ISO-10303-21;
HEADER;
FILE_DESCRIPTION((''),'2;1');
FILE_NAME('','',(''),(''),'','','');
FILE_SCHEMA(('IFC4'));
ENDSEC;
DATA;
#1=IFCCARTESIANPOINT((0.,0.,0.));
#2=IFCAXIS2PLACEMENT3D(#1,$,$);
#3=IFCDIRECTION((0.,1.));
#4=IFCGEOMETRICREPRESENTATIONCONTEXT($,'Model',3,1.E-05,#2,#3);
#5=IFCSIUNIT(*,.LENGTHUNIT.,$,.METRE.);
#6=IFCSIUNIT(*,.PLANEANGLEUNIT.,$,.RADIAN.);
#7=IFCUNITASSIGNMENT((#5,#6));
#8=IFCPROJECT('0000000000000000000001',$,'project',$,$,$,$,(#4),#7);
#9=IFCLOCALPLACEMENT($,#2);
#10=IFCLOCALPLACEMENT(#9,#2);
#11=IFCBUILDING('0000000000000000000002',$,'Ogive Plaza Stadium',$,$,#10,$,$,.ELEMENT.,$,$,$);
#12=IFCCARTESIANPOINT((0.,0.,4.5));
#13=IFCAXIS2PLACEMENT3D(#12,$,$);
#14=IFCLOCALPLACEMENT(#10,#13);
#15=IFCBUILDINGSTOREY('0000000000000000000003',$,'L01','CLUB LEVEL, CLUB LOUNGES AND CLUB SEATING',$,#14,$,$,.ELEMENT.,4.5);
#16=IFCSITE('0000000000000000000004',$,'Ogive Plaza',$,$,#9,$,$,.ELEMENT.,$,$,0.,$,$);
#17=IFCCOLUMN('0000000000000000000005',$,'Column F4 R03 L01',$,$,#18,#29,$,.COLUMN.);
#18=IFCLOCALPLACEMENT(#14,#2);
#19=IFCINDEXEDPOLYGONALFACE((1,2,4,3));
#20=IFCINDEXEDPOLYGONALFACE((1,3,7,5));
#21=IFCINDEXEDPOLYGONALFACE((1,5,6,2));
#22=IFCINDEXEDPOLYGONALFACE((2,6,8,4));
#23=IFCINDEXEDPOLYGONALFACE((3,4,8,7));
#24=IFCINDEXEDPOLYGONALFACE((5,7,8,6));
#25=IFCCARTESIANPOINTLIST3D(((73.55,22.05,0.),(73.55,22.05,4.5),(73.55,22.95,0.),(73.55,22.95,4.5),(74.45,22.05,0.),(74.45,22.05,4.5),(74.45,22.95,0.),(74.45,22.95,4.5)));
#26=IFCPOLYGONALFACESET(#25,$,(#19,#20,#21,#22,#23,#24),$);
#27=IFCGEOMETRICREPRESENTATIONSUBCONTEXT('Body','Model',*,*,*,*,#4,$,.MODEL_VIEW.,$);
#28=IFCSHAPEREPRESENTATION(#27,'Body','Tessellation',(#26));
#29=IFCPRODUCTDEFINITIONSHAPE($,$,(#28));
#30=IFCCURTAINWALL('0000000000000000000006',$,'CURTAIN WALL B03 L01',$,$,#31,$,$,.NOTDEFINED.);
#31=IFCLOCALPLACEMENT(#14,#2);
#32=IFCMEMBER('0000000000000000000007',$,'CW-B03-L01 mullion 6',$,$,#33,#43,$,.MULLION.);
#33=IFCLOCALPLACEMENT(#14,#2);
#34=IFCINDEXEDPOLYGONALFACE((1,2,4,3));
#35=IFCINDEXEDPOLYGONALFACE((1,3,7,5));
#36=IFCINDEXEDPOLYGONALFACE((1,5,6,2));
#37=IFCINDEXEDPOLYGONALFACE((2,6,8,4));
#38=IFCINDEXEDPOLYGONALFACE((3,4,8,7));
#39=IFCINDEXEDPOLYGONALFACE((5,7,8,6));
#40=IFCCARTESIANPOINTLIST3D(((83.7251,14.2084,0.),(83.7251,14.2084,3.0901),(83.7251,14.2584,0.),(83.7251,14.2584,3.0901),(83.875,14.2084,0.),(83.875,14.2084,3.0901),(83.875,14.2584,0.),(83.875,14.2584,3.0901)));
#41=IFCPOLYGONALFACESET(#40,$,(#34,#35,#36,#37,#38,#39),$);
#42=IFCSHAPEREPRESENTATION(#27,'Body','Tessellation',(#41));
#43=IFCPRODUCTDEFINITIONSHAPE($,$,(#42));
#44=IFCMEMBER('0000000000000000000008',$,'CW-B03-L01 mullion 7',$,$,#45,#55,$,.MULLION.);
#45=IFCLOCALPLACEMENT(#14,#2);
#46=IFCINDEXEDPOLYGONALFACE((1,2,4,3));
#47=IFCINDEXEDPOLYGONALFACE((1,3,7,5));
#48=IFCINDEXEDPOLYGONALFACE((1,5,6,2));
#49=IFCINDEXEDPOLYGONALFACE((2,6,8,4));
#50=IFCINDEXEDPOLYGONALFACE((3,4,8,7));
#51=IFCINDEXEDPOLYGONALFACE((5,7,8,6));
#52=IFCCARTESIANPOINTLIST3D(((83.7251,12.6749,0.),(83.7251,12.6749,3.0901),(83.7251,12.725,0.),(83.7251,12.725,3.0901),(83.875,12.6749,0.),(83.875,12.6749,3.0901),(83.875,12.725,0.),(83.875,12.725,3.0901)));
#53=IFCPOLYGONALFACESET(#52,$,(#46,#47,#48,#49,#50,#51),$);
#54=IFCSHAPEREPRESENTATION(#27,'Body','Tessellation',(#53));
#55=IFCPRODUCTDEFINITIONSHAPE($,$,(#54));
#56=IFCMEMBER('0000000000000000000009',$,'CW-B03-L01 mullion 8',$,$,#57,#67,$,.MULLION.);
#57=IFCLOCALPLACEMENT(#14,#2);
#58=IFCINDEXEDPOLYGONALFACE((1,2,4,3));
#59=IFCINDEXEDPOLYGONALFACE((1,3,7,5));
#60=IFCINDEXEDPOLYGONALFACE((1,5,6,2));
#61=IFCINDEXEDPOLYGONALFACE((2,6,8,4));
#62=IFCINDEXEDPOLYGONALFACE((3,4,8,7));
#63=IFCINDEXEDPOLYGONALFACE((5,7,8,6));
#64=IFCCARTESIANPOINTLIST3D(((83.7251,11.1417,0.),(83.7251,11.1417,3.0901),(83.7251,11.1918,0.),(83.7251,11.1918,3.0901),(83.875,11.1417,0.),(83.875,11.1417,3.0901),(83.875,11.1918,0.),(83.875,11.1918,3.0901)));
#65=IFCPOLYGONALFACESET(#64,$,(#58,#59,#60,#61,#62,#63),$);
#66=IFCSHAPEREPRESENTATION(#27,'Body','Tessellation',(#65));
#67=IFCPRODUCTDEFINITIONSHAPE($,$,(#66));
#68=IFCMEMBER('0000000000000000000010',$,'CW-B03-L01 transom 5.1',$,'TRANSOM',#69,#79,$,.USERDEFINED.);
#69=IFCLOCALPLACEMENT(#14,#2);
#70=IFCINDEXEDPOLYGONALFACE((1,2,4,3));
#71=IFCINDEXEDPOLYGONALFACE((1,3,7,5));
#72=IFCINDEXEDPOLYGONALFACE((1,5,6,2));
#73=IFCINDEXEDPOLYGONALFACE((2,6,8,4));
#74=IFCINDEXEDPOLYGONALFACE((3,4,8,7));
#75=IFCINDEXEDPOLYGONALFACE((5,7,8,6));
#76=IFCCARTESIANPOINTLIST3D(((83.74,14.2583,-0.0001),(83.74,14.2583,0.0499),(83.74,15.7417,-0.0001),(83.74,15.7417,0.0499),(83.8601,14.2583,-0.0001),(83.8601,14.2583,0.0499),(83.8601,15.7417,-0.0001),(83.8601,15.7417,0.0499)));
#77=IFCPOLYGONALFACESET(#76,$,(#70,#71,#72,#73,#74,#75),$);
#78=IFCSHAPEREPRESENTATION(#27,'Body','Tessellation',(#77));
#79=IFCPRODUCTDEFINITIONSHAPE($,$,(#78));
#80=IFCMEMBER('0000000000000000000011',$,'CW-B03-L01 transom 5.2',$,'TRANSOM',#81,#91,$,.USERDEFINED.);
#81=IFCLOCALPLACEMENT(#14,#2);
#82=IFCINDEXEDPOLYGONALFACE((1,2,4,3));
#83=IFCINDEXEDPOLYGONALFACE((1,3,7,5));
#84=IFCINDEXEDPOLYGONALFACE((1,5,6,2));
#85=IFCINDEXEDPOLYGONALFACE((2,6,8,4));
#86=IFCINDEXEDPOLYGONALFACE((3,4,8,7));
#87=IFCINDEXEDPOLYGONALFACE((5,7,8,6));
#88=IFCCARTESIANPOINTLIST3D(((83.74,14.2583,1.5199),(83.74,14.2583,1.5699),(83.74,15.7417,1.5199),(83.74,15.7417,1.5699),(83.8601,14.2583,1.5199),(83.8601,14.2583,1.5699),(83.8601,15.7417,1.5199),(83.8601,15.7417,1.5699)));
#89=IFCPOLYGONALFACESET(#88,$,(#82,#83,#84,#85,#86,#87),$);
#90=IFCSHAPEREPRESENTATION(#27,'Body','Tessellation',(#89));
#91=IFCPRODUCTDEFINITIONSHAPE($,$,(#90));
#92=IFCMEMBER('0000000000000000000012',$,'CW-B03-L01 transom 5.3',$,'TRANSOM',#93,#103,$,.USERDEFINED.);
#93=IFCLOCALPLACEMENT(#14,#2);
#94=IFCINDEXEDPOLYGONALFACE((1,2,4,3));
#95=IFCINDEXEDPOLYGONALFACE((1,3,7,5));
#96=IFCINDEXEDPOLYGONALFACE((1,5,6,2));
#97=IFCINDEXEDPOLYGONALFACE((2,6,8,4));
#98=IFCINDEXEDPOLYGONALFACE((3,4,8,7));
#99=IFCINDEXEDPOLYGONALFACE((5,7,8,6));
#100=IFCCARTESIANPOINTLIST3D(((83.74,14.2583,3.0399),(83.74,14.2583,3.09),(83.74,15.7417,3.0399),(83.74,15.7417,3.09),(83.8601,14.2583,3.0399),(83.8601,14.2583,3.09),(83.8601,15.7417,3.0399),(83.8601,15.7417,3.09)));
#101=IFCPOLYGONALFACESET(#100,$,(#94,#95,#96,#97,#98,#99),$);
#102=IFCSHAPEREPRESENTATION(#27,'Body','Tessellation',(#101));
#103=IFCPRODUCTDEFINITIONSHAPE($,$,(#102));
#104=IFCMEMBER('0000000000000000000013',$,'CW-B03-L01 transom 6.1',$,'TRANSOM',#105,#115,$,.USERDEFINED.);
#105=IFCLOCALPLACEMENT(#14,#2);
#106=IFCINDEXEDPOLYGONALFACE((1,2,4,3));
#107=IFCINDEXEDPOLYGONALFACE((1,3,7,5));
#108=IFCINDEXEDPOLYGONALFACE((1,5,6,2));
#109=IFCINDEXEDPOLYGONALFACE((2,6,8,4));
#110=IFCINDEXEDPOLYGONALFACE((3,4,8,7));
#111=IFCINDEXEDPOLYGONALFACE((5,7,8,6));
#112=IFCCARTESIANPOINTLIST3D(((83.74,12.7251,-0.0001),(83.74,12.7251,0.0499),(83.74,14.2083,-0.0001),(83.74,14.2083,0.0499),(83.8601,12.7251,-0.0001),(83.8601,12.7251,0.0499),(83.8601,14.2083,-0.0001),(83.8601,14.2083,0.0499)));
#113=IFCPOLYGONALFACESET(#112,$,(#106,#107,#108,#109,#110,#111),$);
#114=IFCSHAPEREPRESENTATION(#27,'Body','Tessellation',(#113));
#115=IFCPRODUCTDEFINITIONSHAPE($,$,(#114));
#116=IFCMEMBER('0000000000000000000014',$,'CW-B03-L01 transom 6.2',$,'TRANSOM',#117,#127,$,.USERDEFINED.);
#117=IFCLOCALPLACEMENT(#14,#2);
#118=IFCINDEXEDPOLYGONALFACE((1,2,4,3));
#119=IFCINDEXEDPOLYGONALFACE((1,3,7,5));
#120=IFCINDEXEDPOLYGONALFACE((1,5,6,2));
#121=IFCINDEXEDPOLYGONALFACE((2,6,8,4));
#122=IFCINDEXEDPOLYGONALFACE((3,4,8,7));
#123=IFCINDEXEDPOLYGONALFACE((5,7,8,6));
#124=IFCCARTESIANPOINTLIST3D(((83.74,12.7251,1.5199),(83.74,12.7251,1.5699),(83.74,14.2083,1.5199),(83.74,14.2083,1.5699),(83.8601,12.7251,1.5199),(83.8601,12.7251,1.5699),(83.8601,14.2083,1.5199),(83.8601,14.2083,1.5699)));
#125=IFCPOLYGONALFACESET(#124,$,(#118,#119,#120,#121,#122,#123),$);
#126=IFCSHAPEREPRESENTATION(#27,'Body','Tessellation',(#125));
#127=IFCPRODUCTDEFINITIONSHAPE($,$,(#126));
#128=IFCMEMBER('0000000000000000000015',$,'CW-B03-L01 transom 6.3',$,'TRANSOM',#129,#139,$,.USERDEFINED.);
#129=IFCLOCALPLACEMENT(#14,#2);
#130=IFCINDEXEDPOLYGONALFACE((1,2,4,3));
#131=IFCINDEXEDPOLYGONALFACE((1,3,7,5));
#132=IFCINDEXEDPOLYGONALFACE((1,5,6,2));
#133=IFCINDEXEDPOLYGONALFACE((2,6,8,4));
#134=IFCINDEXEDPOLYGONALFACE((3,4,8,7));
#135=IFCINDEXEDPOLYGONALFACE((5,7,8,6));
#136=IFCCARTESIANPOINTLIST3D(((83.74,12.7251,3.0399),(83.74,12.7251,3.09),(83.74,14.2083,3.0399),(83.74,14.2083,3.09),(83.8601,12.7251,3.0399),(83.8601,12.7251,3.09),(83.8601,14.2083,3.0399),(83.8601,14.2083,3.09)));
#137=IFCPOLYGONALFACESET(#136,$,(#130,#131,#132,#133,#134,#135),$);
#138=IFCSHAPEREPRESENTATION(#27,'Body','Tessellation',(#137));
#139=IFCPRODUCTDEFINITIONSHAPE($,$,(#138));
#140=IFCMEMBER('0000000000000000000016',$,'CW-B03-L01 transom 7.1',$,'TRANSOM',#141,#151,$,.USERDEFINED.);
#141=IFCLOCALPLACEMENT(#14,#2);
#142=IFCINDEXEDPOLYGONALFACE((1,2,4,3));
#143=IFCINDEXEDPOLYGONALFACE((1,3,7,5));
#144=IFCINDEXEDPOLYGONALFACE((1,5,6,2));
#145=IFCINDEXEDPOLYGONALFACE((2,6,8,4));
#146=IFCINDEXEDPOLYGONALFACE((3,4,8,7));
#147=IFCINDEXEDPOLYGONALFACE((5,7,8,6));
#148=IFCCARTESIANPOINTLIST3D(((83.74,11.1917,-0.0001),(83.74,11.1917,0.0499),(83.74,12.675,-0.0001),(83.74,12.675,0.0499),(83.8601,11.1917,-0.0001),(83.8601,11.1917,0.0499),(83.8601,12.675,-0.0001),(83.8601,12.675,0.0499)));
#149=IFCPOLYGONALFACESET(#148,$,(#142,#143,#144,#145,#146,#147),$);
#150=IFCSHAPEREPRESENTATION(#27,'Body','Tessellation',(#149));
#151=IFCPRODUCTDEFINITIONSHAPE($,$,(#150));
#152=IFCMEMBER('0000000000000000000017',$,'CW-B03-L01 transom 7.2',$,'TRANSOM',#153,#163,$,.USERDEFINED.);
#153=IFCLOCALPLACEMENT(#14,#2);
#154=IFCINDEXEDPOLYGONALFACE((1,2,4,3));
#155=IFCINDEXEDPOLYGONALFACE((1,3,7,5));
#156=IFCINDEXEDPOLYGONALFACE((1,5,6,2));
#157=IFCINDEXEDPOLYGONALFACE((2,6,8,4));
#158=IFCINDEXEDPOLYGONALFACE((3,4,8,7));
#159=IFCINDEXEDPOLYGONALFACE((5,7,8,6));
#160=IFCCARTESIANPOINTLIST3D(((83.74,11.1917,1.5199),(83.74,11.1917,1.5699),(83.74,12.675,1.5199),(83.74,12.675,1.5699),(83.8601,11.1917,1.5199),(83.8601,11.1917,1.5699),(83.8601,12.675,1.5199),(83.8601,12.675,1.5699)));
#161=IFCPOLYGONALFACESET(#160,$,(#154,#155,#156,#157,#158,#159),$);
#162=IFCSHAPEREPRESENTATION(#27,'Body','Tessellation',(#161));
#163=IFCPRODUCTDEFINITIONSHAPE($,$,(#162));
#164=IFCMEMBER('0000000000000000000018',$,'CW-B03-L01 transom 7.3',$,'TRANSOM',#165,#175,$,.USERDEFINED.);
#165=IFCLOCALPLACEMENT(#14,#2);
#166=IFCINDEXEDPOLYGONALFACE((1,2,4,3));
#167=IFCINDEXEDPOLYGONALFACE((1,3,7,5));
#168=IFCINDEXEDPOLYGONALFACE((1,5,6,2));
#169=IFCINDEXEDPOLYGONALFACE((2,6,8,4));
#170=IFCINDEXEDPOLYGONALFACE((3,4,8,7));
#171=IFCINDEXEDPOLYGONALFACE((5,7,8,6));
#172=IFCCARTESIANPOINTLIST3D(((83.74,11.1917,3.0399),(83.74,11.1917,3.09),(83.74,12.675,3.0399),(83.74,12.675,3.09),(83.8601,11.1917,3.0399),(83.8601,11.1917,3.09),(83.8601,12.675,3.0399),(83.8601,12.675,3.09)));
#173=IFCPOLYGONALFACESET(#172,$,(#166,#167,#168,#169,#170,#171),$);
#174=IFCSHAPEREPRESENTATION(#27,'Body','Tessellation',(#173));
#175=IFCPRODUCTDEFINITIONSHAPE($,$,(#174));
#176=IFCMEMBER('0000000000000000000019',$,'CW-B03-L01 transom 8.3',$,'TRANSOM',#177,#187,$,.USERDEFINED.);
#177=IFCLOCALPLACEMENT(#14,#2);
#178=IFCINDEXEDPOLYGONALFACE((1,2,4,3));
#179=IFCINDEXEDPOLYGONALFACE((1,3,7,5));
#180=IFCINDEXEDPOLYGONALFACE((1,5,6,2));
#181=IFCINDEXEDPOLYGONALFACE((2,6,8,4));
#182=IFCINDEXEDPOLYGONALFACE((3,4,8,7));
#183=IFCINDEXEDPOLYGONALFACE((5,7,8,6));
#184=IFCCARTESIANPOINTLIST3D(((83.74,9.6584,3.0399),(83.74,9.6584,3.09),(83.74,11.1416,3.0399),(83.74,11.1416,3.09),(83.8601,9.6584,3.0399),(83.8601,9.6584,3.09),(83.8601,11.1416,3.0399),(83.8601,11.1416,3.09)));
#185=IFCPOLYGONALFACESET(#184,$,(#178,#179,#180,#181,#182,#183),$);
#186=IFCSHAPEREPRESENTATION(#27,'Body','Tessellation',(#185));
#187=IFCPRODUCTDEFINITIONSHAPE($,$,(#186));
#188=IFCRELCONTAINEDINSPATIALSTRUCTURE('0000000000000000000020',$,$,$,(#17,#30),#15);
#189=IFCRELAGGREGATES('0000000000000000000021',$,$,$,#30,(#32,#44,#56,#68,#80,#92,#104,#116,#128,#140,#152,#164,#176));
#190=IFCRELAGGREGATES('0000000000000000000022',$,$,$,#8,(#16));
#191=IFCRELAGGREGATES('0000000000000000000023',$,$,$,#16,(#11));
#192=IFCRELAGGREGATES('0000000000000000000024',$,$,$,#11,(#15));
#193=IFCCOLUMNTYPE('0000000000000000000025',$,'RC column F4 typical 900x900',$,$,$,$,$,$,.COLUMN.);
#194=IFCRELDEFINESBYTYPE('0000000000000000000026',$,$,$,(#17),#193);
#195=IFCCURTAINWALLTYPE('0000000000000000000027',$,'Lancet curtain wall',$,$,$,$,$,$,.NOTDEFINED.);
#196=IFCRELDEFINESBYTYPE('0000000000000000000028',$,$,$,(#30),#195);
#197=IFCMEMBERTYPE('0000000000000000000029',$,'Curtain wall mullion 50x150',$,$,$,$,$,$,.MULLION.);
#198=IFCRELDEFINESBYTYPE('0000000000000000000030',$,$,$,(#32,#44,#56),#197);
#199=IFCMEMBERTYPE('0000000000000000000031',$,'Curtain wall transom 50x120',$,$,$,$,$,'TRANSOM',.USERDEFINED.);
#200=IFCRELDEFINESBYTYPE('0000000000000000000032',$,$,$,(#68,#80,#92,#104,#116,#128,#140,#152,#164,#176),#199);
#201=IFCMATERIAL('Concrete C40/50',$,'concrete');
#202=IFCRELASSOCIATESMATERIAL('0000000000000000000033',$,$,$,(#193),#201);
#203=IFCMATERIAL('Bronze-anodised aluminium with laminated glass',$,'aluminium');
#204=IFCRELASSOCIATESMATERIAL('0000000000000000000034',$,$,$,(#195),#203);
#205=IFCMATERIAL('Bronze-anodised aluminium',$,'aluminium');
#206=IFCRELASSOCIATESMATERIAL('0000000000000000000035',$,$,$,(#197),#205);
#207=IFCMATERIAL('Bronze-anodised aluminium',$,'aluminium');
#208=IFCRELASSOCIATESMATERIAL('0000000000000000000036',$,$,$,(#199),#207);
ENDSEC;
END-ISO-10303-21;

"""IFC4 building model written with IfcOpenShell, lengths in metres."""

from ifc_helpers import new_model, si_unit, direction, frame, origin, origin_2d, place, context, subcontext, project, spatial, rectangle, extrude, material, material_profile, profile_set, type_object, element, aggregate, save


model = new_model("IFC4")

# Units and contexts
model_context = context("Model", 3, precision=1e-05, world=origin(), true_north=direction((0.0, 1.0)))
body_context = subcontext(model_context, "Body", "Model", "MODEL_VIEW")
ifc_project = project(units=[si_unit("LENGTHUNIT", "METRE"), si_unit("PLANEANGLEUNIT", "RADIAN")], contexts=[model_context])

# Site, building, storey
site_placement = place(None, origin())
site = spatial("IfcSite", under=ifc_project, at=site_placement, Name="Ogive Plaza", CompositionType="ELEMENT", RefElevation=0.0)
building_placement = place(site_placement, origin())
building = spatial("IfcBuilding", under=site, at=building_placement, Name="Ogive Plaza Stadium", CompositionType="ELEMENT")
storey_placement = place(building_placement, frame((0.0, 0.0, 4.5)))
storey = spatial("IfcBuildingStorey", under=building, at=storey_placement, Name="L01", Description="CLUB LEVEL, CLUB LOUNGES AND CLUB SEATING", CompositionType="ELEMENT", Elevation=4.5)

# Column
ifc_material_1 = material(Name="Concrete C40/50", Category="concrete")
ifc_material_profile_1 = material_profile(ifc_material_1, rectangle(XDim=0.8999, YDim=0.8999, at=origin_2d()), Name="RC 900x900")
ifc_profile_set_1 = profile_set([ifc_material_profile_1], Name="Concrete C40/50")
column_type = type_object("IfcColumnType", Name="RC column F4 typical 900x900", PredefinedType="COLUMN", material=ifc_profile_set_1)
column_placement = place(storey_placement, frame((74.0, 22.5, 0.0), z_axis=(0.0, 0.0, 1.0), x_axis=(0.0, 1.0, 0.0)))
element("IfcColumn", 1, at=column_placement, inside=storey, type_object=column_type, Name="Column F4 R03 L01", PredefinedType="COLUMN", context=body_context, shape_type="SweptSolid", body=[
    extrude(rectangle(XDim=0.8999, YDim=0.8999, at=origin_2d()), origin(), (0.0, 0.0, 1.0), 4.5),
])

# Curtain wall, members
ifc_material_2 = material(Name="Bronze-anodised aluminium with laminated glass", Category="aluminium")
curtain_wall_type = type_object("IfcCurtainWallType", Name="Lancet curtain wall", PredefinedType="NOTDEFINED", material=ifc_material_2)
curtain_wall_placement = place(storey_placement, origin())
curtain_wall = element("IfcCurtainWall", 2, at=curtain_wall_placement, inside=storey, type_object=curtain_wall_type, Name="CURTAIN WALL B03 L01", PredefinedType="NOTDEFINED")
ifc_material_3 = material(Name="Bronze-anodised aluminium", Category="aluminium")
ifc_material_profile_2 = material_profile(ifc_material_3, rectangle(XDim=0.1499, YDim=0.05, at=origin_2d()), Name="AL 150x50")
ifc_profile_set_2 = profile_set([ifc_material_profile_2], Name="Bronze-anodised aluminium")
member_type_1 = type_object("IfcMemberType", Name="Curtain wall mullion 50x150", PredefinedType="MULLION", material=ifc_profile_set_2)
member_1_placement = place(storey_placement, frame((83.8, 14.2334, 0.0), z_axis=(0.0, 0.0, 1.0), x_axis=(1.0, 0.0, 0.0)))
member_1 = element("IfcMember", 3, at=member_1_placement, type_object=member_type_1, Name="CW-B03-L01 mullion 6", PredefinedType="MULLION", context=body_context, shape_type="SweptSolid", body=[
    extrude(rectangle(XDim=0.1499, YDim=0.05, at=origin_2d()), origin(), (0.0, 0.0, 1.0), 3.0901),
])
member_2_placement = place(storey_placement, frame((83.8, 12.7, 0.0), z_axis=(0.0, 0.0, 1.0), x_axis=(1.0, 0.0, 0.0)))
member_2 = element("IfcMember", 4, at=member_2_placement, type_object=member_type_1, Name="CW-B03-L01 mullion 7", PredefinedType="MULLION", context=body_context, shape_type="SweptSolid", body=[
    extrude(rectangle(XDim=0.1499, YDim=0.05, at=origin_2d()), origin(), (0.0, 0.0, 1.0), 3.0901),
])
member_3_placement = place(storey_placement, frame((83.8, 11.1667, 0.0), z_axis=(0.0, 0.0, 1.0), x_axis=(1.0, 0.0, 0.0)))
member_3 = element("IfcMember", 5, at=member_3_placement, type_object=member_type_1, Name="CW-B03-L01 mullion 8", PredefinedType="MULLION", context=body_context, shape_type="SweptSolid", body=[
    extrude(rectangle(XDim=0.1499, YDim=0.05, at=origin_2d()), origin(), (0.0, 0.0, 1.0), 3.0901),
])
ifc_material_4 = material(Name="Bronze-anodised aluminium", Category="aluminium")
ifc_material_profile_3 = material_profile(ifc_material_4, rectangle(XDim=0.1201, YDim=0.05, at=origin_2d()), Name="AL 120x50")
ifc_profile_set_3 = profile_set([ifc_material_profile_3], Name="Bronze-anodised aluminium")
member_type_2 = type_object("IfcMemberType", Name="Curtain wall transom 50x120", ElementType="TRANSOM", PredefinedType="USERDEFINED", material=ifc_profile_set_3)
member_4_placement = place(storey_placement, frame((83.8, 15.7417, 0.0249), z_axis=(0.0, -1.0, 0.0), x_axis=(1.0, 0.0, 0.0)))
member_4 = element("IfcMember", 6, at=member_4_placement, type_object=member_type_2, Name="CW-B03-L01 transom 5.1", ObjectType="TRANSOM", PredefinedType="USERDEFINED", context=body_context, shape_type="SweptSolid", body=[
    extrude(rectangle(XDim=0.1201, YDim=0.05, at=origin_2d()), origin(), (0.0, 0.0, 1.0), 1.4834),
])
member_5_placement = place(storey_placement, frame((83.8, 15.7417, 1.5449), z_axis=(0.0, -1.0, 0.0), x_axis=(1.0, 0.0, 0.0)))
member_5 = element("IfcMember", 7, at=member_5_placement, type_object=member_type_2, Name="CW-B03-L01 transom 5.2", ObjectType="TRANSOM", PredefinedType="USERDEFINED", context=body_context, shape_type="SweptSolid", body=[
    extrude(rectangle(XDim=0.1201, YDim=0.05, at=origin_2d()), origin(), (0.0, 0.0, 1.0), 1.4834),
])
member_6_placement = place(storey_placement, frame((83.8, 15.7417, 3.0649), z_axis=(0.0, -1.0, 0.0), x_axis=(1.0, 0.0, 0.0)))
member_6 = element("IfcMember", 8, at=member_6_placement, type_object=member_type_2, Name="CW-B03-L01 transom 5.3", ObjectType="TRANSOM", PredefinedType="USERDEFINED", context=body_context, shape_type="SweptSolid", body=[
    extrude(rectangle(XDim=0.1201, YDim=0.05, at=origin_2d()), origin(), (0.0, 0.0, 1.0), 1.4834),
])
member_7_placement = place(storey_placement, frame((83.8, 14.2083, 0.0249), z_axis=(0.0, -1.0, 0.0), x_axis=(1.0, 0.0, 0.0)))
member_7 = element("IfcMember", 9, at=member_7_placement, type_object=member_type_2, Name="CW-B03-L01 transom 6.1", ObjectType="TRANSOM", PredefinedType="USERDEFINED", context=body_context, shape_type="SweptSolid", body=[
    extrude(rectangle(XDim=0.1201, YDim=0.05, at=origin_2d()), origin(), (0.0, 0.0, 1.0), 1.4832),
])
member_8_placement = place(storey_placement, frame((83.8, 14.2083, 1.5449), z_axis=(0.0, -1.0, 0.0), x_axis=(1.0, 0.0, 0.0)))
member_8 = element("IfcMember", 10, at=member_8_placement, type_object=member_type_2, Name="CW-B03-L01 transom 6.2", ObjectType="TRANSOM", PredefinedType="USERDEFINED", context=body_context, shape_type="SweptSolid", body=[
    extrude(rectangle(XDim=0.1201, YDim=0.05, at=origin_2d()), origin(), (0.0, 0.0, 1.0), 1.4832),
])
member_9_placement = place(storey_placement, frame((83.8, 14.2083, 3.0649), z_axis=(0.0, -1.0, 0.0), x_axis=(1.0, 0.0, 0.0)))
member_9 = element("IfcMember", 11, at=member_9_placement, type_object=member_type_2, Name="CW-B03-L01 transom 6.3", ObjectType="TRANSOM", PredefinedType="USERDEFINED", context=body_context, shape_type="SweptSolid", body=[
    extrude(rectangle(XDim=0.1201, YDim=0.05, at=origin_2d()), origin(), (0.0, 0.0, 1.0), 1.4832),
])
member_10_placement = place(storey_placement, frame((83.8, 12.675, 0.0249), z_axis=(0.0, -1.0, 0.0), x_axis=(1.0, 0.0, 0.0)))
member_10 = element("IfcMember", 12, at=member_10_placement, type_object=member_type_2, Name="CW-B03-L01 transom 7.1", ObjectType="TRANSOM", PredefinedType="USERDEFINED", context=body_context, shape_type="SweptSolid", body=[
    extrude(rectangle(XDim=0.1201, YDim=0.05, at=origin_2d()), origin(), (0.0, 0.0, 1.0), 1.4834),
])
member_11_placement = place(storey_placement, frame((83.8, 12.675, 1.5449), z_axis=(0.0, -1.0, 0.0), x_axis=(1.0, 0.0, 0.0)))
member_11 = element("IfcMember", 13, at=member_11_placement, type_object=member_type_2, Name="CW-B03-L01 transom 7.2", ObjectType="TRANSOM", PredefinedType="USERDEFINED", context=body_context, shape_type="SweptSolid", body=[
    extrude(rectangle(XDim=0.1201, YDim=0.05, at=origin_2d()), origin(), (0.0, 0.0, 1.0), 1.4834),
])
member_12_placement = place(storey_placement, frame((83.8, 12.675, 3.0649), z_axis=(0.0, -1.0, 0.0), x_axis=(1.0, 0.0, 0.0)))
member_12 = element("IfcMember", 14, at=member_12_placement, type_object=member_type_2, Name="CW-B03-L01 transom 7.3", ObjectType="TRANSOM", PredefinedType="USERDEFINED", context=body_context, shape_type="SweptSolid", body=[
    extrude(rectangle(XDim=0.1201, YDim=0.05, at=origin_2d()), origin(), (0.0, 0.0, 1.0), 1.4834),
])
member_13_placement = place(storey_placement, frame((83.8, 11.1416, 3.0649), z_axis=(0.0, -1.0, 0.0), x_axis=(1.0, 0.0, 0.0)))
member_13 = element("IfcMember", 15, at=member_13_placement, type_object=member_type_2, Name="CW-B03-L01 transom 8.3", ObjectType="TRANSOM", PredefinedType="USERDEFINED", context=body_context, shape_type="SweptSolid", body=[
    extrude(rectangle(XDim=0.1201, YDim=0.05, at=origin_2d()), origin(), (0.0, 0.0, 1.0), 1.4832),
])

aggregate(curtain_wall, [member_1, member_2, member_3, member_4, member_5, member_6, member_7, member_8, member_9, member_10, member_11, member_12, member_13])

save(model, "model.ifc")
